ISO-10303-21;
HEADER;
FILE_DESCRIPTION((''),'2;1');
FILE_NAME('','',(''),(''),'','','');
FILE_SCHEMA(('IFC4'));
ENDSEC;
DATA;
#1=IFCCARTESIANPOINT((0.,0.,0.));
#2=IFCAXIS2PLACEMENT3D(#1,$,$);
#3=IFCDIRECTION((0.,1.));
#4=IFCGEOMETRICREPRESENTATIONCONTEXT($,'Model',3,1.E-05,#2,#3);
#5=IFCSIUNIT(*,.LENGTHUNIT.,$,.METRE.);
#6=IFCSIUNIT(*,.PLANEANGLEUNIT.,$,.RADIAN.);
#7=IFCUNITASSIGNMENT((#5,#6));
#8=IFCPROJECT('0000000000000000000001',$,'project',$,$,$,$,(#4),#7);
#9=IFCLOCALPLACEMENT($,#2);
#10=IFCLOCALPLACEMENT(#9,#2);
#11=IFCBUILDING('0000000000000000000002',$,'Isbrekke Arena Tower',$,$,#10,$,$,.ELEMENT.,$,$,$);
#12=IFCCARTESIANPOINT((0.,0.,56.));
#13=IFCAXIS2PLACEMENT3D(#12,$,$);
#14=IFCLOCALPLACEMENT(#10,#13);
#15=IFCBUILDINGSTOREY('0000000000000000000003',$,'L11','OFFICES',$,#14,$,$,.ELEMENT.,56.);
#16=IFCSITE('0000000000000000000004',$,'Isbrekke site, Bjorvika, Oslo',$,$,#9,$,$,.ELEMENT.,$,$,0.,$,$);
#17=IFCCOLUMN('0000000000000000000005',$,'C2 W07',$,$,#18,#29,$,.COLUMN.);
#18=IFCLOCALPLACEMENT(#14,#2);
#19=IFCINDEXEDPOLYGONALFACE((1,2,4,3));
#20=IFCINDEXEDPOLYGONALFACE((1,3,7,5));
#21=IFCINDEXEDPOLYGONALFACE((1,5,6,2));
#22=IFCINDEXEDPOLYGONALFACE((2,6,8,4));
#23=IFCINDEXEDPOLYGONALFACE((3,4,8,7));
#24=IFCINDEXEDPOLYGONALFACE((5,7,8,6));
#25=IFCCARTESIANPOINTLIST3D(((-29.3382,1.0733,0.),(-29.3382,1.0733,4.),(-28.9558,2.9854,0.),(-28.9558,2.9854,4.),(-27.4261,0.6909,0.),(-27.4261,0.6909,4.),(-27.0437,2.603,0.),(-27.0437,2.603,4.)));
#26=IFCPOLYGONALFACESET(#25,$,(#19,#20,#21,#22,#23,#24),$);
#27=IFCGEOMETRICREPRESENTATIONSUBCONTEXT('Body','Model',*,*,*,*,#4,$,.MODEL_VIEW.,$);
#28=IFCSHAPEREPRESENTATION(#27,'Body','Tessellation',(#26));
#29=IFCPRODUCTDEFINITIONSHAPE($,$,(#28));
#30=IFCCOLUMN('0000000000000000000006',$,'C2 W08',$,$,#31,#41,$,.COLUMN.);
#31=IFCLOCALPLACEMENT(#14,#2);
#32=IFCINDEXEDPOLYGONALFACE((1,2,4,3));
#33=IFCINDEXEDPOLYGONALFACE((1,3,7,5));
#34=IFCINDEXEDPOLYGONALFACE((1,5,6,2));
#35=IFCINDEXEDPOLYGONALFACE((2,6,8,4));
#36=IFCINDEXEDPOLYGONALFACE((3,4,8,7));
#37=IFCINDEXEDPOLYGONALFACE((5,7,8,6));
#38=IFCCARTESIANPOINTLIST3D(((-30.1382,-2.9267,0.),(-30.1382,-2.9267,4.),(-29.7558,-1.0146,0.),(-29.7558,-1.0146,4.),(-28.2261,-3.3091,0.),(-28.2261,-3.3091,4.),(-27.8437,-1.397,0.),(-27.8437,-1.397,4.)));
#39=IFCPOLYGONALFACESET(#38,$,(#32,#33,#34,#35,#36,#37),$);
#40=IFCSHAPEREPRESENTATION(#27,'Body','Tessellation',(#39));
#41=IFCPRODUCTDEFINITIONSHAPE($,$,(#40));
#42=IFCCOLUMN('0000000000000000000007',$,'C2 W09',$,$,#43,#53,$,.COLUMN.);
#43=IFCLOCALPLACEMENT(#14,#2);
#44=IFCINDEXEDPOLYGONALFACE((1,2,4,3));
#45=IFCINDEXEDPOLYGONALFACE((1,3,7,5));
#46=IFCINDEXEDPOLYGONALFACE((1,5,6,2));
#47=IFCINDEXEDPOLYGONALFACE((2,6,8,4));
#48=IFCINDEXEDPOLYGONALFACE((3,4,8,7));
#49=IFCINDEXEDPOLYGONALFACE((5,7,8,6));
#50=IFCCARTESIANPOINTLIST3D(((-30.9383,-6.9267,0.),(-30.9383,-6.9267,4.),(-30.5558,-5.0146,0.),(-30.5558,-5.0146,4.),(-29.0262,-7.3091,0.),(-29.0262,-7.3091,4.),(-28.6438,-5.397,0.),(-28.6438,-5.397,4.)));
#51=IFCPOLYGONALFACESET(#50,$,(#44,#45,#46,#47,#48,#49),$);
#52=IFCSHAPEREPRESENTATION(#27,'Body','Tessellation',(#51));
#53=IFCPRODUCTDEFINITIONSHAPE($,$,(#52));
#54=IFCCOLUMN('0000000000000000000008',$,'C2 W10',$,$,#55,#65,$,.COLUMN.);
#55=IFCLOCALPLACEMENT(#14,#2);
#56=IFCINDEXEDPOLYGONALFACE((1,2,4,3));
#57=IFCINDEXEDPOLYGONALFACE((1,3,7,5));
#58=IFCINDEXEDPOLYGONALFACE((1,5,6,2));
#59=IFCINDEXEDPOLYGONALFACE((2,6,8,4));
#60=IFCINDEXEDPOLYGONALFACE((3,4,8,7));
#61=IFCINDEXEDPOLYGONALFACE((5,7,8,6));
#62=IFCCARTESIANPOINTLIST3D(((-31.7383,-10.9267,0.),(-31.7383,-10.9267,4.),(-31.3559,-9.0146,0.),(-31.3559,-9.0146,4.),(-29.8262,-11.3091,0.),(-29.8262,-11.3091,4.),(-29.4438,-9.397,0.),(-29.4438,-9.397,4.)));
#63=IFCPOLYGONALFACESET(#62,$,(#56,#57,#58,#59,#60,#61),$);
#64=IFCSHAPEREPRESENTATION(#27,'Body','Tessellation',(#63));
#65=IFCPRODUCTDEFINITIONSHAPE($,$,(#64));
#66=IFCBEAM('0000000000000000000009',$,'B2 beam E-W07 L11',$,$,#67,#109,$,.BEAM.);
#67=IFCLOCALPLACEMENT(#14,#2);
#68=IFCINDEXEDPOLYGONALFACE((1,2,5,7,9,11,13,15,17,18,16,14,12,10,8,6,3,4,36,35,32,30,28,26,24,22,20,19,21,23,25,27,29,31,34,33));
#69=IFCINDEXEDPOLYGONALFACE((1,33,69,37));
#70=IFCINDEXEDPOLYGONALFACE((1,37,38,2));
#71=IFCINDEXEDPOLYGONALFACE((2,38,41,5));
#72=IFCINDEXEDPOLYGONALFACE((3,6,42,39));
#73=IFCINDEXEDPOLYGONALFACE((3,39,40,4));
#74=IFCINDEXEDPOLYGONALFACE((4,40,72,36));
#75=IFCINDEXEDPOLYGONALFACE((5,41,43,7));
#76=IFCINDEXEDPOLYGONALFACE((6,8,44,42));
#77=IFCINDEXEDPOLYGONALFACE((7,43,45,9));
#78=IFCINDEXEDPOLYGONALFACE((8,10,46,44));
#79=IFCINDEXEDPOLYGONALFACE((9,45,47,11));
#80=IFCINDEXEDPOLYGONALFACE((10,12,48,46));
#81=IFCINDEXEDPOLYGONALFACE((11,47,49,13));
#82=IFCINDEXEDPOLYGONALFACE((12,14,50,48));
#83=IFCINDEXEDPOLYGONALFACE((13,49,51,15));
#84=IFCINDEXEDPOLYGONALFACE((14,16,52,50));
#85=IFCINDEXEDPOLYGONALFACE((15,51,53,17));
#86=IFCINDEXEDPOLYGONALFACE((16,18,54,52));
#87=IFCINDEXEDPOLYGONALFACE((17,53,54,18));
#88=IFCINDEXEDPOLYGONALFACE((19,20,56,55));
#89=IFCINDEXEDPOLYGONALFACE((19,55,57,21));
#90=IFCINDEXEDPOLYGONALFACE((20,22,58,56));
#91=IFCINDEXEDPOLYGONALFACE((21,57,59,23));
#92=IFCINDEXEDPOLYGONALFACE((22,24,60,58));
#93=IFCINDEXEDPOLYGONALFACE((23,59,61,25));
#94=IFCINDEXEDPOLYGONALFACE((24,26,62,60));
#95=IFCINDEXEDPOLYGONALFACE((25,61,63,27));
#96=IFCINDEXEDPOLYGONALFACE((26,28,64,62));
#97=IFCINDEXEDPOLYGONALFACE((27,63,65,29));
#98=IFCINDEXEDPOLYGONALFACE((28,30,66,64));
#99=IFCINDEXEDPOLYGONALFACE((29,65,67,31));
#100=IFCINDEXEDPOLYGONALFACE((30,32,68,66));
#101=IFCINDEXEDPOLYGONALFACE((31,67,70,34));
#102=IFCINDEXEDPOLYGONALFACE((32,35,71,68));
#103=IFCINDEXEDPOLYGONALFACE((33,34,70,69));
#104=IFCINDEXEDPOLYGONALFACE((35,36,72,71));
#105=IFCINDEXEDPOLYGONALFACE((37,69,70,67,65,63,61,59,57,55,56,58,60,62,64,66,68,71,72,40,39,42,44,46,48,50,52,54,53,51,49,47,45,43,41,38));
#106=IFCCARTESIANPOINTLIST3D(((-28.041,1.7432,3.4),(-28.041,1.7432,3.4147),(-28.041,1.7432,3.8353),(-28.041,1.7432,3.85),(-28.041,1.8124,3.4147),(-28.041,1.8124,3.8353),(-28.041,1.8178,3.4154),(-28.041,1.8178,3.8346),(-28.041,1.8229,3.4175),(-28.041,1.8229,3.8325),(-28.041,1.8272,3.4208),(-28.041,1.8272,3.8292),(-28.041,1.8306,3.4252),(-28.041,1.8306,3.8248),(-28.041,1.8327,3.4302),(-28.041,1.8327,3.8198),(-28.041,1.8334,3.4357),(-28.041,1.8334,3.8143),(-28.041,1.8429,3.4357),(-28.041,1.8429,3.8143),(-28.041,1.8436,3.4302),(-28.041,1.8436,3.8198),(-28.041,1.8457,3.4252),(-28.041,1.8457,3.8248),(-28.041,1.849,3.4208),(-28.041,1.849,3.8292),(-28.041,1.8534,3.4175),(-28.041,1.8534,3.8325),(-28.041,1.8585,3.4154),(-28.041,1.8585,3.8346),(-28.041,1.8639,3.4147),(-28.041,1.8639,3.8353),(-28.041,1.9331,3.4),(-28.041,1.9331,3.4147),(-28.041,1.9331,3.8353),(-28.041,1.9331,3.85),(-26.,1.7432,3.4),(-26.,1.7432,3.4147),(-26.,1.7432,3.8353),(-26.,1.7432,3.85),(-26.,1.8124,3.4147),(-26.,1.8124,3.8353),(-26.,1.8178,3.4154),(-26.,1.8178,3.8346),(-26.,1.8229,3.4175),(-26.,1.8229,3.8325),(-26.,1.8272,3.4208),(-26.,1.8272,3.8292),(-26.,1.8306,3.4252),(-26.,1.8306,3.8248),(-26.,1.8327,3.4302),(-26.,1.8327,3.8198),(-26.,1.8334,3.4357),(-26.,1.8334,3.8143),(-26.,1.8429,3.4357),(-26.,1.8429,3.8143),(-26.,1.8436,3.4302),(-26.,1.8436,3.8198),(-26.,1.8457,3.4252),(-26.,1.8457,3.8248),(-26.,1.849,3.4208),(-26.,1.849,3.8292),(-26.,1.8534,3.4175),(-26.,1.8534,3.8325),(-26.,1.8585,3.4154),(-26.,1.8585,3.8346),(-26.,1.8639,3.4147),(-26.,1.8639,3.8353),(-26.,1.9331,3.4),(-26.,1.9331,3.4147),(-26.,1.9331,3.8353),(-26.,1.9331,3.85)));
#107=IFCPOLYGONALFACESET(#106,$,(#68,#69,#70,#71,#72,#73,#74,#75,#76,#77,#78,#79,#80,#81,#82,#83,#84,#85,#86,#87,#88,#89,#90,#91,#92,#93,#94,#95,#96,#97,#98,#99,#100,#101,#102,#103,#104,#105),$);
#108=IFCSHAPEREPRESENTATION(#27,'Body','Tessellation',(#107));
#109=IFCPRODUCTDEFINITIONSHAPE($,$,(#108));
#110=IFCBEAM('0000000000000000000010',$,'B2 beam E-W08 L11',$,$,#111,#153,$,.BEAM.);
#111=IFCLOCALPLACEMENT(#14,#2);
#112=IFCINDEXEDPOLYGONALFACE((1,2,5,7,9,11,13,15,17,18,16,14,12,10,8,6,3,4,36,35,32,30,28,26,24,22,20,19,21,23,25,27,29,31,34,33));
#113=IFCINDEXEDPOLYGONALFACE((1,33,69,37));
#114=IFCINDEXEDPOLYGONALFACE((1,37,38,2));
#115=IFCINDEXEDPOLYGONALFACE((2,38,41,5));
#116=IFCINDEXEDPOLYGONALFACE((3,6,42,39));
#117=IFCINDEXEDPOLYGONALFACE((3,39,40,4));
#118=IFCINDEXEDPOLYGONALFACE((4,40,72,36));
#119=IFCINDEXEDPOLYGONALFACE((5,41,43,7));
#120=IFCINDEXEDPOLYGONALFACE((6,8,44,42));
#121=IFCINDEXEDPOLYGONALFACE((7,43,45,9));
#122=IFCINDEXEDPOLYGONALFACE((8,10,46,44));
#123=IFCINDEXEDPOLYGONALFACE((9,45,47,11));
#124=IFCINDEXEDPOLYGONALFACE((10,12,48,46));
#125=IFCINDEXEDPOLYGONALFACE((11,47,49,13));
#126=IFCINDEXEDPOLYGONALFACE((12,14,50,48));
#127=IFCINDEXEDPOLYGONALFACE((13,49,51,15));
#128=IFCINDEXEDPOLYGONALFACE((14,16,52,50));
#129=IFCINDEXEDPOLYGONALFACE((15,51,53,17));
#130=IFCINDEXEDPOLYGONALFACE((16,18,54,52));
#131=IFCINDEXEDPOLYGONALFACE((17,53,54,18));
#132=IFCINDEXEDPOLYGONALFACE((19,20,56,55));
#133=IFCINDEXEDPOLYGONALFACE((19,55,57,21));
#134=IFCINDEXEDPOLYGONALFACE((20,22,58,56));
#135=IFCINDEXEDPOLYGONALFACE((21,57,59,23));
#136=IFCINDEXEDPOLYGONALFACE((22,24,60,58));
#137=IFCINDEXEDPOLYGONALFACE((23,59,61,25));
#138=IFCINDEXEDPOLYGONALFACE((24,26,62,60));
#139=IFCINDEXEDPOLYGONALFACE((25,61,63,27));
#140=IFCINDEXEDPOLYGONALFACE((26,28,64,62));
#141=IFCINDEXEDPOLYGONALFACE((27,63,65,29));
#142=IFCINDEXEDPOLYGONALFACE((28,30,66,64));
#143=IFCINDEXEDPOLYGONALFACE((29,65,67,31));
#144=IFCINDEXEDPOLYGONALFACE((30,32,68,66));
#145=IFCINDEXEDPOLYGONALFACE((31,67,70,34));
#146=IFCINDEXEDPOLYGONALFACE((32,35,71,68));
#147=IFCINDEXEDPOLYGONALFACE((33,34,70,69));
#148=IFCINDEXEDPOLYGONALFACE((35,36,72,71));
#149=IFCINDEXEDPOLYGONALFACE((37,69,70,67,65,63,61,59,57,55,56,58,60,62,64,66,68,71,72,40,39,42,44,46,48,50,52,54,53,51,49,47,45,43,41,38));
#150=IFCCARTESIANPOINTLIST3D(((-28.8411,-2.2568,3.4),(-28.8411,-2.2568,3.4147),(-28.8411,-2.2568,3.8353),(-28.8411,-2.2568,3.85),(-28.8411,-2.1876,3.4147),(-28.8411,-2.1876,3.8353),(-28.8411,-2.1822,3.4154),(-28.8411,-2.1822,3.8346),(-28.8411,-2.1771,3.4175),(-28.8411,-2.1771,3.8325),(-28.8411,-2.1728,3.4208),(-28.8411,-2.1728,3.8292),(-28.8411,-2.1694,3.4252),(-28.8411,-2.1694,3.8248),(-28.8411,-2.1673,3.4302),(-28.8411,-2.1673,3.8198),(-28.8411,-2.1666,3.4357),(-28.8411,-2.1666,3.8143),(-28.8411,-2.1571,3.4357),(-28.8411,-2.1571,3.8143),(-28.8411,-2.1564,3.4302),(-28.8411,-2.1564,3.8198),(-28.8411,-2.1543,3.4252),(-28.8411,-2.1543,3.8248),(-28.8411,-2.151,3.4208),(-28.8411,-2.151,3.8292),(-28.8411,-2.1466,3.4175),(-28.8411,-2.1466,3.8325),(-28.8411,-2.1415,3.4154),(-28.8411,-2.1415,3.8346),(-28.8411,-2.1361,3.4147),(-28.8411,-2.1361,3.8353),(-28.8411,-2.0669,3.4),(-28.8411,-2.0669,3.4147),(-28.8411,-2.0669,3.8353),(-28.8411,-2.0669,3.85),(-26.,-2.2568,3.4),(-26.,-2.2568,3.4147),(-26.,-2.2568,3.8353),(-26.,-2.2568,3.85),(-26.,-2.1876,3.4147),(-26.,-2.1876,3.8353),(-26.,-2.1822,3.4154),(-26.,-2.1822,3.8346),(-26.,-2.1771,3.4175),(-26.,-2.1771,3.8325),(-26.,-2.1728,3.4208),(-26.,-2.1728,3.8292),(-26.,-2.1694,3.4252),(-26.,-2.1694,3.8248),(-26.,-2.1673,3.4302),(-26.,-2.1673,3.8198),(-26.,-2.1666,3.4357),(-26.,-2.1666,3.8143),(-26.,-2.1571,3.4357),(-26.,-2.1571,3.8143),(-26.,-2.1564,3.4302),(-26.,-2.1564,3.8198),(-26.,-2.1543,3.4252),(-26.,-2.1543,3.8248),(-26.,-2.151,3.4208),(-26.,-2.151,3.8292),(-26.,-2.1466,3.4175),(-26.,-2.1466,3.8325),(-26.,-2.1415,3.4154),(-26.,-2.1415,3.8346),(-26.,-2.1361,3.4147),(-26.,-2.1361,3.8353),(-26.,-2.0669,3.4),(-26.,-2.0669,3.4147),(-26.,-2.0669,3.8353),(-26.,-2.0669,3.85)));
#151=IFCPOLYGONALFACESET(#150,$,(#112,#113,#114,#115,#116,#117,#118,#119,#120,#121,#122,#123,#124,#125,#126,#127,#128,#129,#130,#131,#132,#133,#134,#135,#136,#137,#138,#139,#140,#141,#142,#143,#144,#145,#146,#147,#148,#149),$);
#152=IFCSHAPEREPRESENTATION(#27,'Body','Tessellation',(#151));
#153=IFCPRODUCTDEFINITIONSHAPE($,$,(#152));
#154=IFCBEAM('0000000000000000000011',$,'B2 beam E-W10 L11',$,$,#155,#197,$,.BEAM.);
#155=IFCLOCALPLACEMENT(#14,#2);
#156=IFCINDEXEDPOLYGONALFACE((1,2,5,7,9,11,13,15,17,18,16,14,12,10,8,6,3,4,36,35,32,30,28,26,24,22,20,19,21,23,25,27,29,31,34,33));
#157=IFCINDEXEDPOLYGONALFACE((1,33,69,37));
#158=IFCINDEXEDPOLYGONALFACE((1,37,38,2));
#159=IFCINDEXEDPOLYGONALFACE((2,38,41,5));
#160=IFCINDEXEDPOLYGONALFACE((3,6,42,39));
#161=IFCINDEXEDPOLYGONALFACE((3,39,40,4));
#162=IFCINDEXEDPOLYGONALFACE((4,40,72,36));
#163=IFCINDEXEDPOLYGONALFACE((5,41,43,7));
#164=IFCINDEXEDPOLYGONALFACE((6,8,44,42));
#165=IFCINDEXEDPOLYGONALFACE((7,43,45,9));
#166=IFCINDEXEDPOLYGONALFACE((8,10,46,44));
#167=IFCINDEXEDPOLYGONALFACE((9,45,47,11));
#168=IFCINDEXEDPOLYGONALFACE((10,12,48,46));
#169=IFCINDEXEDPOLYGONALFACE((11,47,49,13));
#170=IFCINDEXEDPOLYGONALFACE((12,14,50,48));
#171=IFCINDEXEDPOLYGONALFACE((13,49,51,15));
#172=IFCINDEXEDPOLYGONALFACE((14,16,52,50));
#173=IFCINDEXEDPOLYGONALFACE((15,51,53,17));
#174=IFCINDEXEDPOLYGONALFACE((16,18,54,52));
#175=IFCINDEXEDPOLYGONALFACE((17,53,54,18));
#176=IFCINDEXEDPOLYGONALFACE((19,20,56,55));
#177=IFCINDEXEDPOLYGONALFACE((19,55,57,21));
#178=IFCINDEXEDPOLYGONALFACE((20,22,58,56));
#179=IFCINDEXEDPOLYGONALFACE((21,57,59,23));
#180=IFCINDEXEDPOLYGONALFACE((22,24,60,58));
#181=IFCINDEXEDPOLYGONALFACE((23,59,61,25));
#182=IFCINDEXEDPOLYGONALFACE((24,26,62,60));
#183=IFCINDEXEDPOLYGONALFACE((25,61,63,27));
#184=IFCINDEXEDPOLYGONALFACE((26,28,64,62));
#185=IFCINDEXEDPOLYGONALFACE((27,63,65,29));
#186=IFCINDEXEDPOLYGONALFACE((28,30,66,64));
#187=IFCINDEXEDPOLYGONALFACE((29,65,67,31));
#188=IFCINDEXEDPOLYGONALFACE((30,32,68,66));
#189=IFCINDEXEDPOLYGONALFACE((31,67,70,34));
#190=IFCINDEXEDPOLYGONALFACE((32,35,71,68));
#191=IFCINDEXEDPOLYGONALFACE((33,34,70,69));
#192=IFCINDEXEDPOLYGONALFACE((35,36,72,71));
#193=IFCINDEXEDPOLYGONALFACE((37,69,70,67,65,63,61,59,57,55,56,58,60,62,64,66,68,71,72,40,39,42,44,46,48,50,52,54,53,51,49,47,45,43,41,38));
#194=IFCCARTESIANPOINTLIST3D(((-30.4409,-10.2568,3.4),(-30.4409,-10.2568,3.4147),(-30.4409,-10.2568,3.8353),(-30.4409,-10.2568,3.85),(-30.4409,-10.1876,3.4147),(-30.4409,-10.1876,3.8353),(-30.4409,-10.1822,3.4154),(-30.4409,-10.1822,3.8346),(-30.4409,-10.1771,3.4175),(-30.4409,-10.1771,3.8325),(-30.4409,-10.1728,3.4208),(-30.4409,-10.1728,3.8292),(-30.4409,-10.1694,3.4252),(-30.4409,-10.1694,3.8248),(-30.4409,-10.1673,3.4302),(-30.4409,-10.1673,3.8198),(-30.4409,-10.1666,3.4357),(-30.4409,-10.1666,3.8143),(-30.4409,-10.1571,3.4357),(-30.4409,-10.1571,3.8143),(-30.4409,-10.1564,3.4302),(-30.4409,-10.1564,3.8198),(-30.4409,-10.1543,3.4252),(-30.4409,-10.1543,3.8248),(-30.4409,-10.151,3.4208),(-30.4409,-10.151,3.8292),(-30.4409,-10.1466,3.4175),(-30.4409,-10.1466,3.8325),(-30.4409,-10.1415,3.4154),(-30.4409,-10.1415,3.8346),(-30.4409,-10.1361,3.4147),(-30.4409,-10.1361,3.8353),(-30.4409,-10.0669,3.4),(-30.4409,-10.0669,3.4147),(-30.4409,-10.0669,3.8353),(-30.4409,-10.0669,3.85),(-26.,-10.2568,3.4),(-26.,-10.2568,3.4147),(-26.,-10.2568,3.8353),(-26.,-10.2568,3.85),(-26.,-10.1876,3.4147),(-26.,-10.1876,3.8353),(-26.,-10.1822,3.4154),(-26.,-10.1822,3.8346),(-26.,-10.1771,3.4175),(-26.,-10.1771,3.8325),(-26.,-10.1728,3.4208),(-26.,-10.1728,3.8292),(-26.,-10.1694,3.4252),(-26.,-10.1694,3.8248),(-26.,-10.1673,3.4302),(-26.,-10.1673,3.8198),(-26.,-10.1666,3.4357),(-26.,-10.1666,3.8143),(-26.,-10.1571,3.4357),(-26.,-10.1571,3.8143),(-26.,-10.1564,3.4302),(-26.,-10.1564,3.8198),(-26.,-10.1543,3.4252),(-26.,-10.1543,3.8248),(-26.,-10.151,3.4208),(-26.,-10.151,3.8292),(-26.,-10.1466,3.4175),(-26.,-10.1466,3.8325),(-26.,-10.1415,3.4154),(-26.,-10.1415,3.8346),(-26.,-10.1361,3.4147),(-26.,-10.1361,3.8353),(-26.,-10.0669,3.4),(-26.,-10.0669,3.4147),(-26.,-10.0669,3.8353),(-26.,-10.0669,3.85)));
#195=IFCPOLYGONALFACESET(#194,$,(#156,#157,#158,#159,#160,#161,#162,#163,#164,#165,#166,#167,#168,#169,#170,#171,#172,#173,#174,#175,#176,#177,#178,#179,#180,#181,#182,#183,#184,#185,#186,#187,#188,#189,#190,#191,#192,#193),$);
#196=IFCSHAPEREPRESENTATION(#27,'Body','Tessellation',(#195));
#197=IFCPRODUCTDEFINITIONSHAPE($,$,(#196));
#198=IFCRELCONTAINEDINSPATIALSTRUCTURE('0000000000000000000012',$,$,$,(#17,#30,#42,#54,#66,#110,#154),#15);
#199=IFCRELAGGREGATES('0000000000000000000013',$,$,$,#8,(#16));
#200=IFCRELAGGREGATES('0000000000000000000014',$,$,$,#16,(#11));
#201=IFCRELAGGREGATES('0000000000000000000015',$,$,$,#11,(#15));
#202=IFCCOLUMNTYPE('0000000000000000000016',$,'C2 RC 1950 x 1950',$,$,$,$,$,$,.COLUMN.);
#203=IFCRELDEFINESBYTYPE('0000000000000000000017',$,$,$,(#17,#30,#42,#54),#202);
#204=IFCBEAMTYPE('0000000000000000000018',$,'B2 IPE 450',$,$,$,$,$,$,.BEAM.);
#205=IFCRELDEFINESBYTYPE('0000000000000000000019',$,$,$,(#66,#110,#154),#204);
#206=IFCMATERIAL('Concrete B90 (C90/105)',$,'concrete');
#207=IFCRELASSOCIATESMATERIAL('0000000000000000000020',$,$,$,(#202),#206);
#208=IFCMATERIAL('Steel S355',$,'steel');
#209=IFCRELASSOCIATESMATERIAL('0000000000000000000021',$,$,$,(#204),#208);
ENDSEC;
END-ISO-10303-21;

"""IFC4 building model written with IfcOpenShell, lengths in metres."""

from ifc_helpers import new_model, si_unit, direction, frame, origin, origin_2d, place, context, subcontext, project, spatial, rectangle, i_section, extrude, material, material_profile, profile_set, type_object, element, save


model = new_model("IFC4")

# Units and contexts
model_context = context("Model", 3, precision=1e-05, world=origin(), true_north=direction((0.0, 1.0)))
body_context = subcontext(model_context, "Body", "Model", "MODEL_VIEW")
ifc_project = project(units=[si_unit("LENGTHUNIT", "METRE"), si_unit("PLANEANGLEUNIT", "RADIAN")], contexts=[model_context])

# Site, building, storey
site_placement = place(None, origin())
site = spatial("IfcSite", under=ifc_project, at=site_placement, Name="Isbrekke site, Bjorvika, Oslo", CompositionType="ELEMENT", RefElevation=0.0)
building_placement = place(site_placement, origin())
building = spatial("IfcBuilding", under=site, at=building_placement, Name="Isbrekke Arena Tower", CompositionType="ELEMENT")
storey_placement = place(building_placement, frame((0.0, 0.0, 56.0)))
storey = spatial("IfcBuildingStorey", under=building, at=storey_placement, Name="L11", Description="OFFICES", CompositionType="ELEMENT", Elevation=56.0)

# Columns
ifc_material_1 = material(Name="Concrete B90 (C90/105)", Category="concrete")
ifc_material_profile_1 = material_profile(ifc_material_1, rectangle(XDim=1.95, YDim=1.95, at=origin_2d()), Name="RC 1950x1950")
ifc_profile_set_1 = profile_set([ifc_material_profile_1], Name="Concrete B90 (C90/105)")
column_type = type_object("IfcColumnType", Name="C2 RC 1950 x 1950", PredefinedType="COLUMN", material=ifc_profile_set_1)
for number, where, z_axis, x_axis, name in (
    (1, (-28.1909, 1.8381, 0.0), (0.0, 0.0, 1.0), (-0.196116, -0.980581, 0.0), "C2 W07"),
    (2, (-28.991, -2.1619, 0.0), (0.0, 0.0, 1.0), (-0.196116, -0.980581, 0.0), "C2 W08"),
    (3, (-29.791, -6.1619, 0.0), (0.0, 0.0, 1.0), (-0.196116, -0.980581, 0.0), "C2 W09"),
    (4, (-30.5911, -10.1619, 0.0), (0.0, 0.0, 1.0), (-0.196116, -0.980581, 0.0), "C2 W10"),
):
    element("IfcColumn", number, at=place(storey_placement, frame(where, z_axis=z_axis, x_axis=x_axis)), inside=storey, type_object=column_type, Name=name, PredefinedType="COLUMN", context=body_context, shape_type="SweptSolid", body=[
        extrude(rectangle(XDim=1.95, YDim=1.95, at=origin_2d()), origin(), (0.0, 0.0, 1.0), 4.0),
    ])

# Beams
ifc_material_2 = material(Name="Steel S355", Category="steel")
ifc_material_profile_2 = material_profile(ifc_material_2, i_section(OverallWidth=0.1899, OverallDepth=0.45, WebThickness=0.0095, FlangeThickness=0.0146, FilletRadius=0.021, at=origin_2d()), Name="IPE 450")
ifc_profile_set_2 = profile_set([ifc_material_profile_2], Name="Steel S355")
beam_type_1 = type_object("IfcBeamType", Name="B2 IPE 450", PredefinedType="BEAM", material=ifc_profile_set_2)
beam_1_placement = place(storey_placement, frame((-28.041, 1.8381, 3.625), z_axis=(1.0, 0.0, 0.0), x_axis=(0.0, 1.0, 0.0)))
element("IfcBeam", 5, at=beam_1_placement, inside=storey, type_object=beam_type_1, Name="B2 beam E-W07 L11", PredefinedType="BEAM", context=body_context, shape_type="SweptSolid", body=[
    extrude(i_section(OverallWidth=0.1899, OverallDepth=0.45, WebThickness=0.0095, FlangeThickness=0.0146, FilletRadius=0.021, at=origin_2d()), origin(), (0.0, 0.0, 1.0), 2.041),
])
beam_2_placement = place(storey_placement, frame((-28.8411, -2.1619, 3.625), z_axis=(1.0, 0.0, 0.0), x_axis=(0.0, 1.0, 0.0)))
element("IfcBeam", 6, at=beam_2_placement, inside=storey, type_object=beam_type_1, Name="B2 beam E-W08 L11", PredefinedType="BEAM", context=body_context, shape_type="SweptSolid", body=[
    extrude(i_section(OverallWidth=0.1899, OverallDepth=0.45, WebThickness=0.0095, FlangeThickness=0.0146, FilletRadius=0.021, at=origin_2d()), origin(), (0.0, 0.0, 1.0), 2.8411),
])
beam_3_placement = place(storey_placement, frame((-30.4409, -10.1619, 3.625), z_axis=(1.0, 0.0, 0.0), x_axis=(0.0, 1.0, 0.0)))
element("IfcBeam", 7, at=beam_3_placement, inside=storey, type_object=beam_type_1, Name="B2 beam E-W10 L11", PredefinedType="BEAM", context=body_context, shape_type="SweptSolid", body=[
    extrude(i_section(OverallWidth=0.1899, OverallDepth=0.45, WebThickness=0.0095, FlangeThickness=0.0146, FilletRadius=0.021, at=origin_2d()), origin(), (0.0, 0.0, 1.0), 4.4409),
])

save(model, "model.ifc")
